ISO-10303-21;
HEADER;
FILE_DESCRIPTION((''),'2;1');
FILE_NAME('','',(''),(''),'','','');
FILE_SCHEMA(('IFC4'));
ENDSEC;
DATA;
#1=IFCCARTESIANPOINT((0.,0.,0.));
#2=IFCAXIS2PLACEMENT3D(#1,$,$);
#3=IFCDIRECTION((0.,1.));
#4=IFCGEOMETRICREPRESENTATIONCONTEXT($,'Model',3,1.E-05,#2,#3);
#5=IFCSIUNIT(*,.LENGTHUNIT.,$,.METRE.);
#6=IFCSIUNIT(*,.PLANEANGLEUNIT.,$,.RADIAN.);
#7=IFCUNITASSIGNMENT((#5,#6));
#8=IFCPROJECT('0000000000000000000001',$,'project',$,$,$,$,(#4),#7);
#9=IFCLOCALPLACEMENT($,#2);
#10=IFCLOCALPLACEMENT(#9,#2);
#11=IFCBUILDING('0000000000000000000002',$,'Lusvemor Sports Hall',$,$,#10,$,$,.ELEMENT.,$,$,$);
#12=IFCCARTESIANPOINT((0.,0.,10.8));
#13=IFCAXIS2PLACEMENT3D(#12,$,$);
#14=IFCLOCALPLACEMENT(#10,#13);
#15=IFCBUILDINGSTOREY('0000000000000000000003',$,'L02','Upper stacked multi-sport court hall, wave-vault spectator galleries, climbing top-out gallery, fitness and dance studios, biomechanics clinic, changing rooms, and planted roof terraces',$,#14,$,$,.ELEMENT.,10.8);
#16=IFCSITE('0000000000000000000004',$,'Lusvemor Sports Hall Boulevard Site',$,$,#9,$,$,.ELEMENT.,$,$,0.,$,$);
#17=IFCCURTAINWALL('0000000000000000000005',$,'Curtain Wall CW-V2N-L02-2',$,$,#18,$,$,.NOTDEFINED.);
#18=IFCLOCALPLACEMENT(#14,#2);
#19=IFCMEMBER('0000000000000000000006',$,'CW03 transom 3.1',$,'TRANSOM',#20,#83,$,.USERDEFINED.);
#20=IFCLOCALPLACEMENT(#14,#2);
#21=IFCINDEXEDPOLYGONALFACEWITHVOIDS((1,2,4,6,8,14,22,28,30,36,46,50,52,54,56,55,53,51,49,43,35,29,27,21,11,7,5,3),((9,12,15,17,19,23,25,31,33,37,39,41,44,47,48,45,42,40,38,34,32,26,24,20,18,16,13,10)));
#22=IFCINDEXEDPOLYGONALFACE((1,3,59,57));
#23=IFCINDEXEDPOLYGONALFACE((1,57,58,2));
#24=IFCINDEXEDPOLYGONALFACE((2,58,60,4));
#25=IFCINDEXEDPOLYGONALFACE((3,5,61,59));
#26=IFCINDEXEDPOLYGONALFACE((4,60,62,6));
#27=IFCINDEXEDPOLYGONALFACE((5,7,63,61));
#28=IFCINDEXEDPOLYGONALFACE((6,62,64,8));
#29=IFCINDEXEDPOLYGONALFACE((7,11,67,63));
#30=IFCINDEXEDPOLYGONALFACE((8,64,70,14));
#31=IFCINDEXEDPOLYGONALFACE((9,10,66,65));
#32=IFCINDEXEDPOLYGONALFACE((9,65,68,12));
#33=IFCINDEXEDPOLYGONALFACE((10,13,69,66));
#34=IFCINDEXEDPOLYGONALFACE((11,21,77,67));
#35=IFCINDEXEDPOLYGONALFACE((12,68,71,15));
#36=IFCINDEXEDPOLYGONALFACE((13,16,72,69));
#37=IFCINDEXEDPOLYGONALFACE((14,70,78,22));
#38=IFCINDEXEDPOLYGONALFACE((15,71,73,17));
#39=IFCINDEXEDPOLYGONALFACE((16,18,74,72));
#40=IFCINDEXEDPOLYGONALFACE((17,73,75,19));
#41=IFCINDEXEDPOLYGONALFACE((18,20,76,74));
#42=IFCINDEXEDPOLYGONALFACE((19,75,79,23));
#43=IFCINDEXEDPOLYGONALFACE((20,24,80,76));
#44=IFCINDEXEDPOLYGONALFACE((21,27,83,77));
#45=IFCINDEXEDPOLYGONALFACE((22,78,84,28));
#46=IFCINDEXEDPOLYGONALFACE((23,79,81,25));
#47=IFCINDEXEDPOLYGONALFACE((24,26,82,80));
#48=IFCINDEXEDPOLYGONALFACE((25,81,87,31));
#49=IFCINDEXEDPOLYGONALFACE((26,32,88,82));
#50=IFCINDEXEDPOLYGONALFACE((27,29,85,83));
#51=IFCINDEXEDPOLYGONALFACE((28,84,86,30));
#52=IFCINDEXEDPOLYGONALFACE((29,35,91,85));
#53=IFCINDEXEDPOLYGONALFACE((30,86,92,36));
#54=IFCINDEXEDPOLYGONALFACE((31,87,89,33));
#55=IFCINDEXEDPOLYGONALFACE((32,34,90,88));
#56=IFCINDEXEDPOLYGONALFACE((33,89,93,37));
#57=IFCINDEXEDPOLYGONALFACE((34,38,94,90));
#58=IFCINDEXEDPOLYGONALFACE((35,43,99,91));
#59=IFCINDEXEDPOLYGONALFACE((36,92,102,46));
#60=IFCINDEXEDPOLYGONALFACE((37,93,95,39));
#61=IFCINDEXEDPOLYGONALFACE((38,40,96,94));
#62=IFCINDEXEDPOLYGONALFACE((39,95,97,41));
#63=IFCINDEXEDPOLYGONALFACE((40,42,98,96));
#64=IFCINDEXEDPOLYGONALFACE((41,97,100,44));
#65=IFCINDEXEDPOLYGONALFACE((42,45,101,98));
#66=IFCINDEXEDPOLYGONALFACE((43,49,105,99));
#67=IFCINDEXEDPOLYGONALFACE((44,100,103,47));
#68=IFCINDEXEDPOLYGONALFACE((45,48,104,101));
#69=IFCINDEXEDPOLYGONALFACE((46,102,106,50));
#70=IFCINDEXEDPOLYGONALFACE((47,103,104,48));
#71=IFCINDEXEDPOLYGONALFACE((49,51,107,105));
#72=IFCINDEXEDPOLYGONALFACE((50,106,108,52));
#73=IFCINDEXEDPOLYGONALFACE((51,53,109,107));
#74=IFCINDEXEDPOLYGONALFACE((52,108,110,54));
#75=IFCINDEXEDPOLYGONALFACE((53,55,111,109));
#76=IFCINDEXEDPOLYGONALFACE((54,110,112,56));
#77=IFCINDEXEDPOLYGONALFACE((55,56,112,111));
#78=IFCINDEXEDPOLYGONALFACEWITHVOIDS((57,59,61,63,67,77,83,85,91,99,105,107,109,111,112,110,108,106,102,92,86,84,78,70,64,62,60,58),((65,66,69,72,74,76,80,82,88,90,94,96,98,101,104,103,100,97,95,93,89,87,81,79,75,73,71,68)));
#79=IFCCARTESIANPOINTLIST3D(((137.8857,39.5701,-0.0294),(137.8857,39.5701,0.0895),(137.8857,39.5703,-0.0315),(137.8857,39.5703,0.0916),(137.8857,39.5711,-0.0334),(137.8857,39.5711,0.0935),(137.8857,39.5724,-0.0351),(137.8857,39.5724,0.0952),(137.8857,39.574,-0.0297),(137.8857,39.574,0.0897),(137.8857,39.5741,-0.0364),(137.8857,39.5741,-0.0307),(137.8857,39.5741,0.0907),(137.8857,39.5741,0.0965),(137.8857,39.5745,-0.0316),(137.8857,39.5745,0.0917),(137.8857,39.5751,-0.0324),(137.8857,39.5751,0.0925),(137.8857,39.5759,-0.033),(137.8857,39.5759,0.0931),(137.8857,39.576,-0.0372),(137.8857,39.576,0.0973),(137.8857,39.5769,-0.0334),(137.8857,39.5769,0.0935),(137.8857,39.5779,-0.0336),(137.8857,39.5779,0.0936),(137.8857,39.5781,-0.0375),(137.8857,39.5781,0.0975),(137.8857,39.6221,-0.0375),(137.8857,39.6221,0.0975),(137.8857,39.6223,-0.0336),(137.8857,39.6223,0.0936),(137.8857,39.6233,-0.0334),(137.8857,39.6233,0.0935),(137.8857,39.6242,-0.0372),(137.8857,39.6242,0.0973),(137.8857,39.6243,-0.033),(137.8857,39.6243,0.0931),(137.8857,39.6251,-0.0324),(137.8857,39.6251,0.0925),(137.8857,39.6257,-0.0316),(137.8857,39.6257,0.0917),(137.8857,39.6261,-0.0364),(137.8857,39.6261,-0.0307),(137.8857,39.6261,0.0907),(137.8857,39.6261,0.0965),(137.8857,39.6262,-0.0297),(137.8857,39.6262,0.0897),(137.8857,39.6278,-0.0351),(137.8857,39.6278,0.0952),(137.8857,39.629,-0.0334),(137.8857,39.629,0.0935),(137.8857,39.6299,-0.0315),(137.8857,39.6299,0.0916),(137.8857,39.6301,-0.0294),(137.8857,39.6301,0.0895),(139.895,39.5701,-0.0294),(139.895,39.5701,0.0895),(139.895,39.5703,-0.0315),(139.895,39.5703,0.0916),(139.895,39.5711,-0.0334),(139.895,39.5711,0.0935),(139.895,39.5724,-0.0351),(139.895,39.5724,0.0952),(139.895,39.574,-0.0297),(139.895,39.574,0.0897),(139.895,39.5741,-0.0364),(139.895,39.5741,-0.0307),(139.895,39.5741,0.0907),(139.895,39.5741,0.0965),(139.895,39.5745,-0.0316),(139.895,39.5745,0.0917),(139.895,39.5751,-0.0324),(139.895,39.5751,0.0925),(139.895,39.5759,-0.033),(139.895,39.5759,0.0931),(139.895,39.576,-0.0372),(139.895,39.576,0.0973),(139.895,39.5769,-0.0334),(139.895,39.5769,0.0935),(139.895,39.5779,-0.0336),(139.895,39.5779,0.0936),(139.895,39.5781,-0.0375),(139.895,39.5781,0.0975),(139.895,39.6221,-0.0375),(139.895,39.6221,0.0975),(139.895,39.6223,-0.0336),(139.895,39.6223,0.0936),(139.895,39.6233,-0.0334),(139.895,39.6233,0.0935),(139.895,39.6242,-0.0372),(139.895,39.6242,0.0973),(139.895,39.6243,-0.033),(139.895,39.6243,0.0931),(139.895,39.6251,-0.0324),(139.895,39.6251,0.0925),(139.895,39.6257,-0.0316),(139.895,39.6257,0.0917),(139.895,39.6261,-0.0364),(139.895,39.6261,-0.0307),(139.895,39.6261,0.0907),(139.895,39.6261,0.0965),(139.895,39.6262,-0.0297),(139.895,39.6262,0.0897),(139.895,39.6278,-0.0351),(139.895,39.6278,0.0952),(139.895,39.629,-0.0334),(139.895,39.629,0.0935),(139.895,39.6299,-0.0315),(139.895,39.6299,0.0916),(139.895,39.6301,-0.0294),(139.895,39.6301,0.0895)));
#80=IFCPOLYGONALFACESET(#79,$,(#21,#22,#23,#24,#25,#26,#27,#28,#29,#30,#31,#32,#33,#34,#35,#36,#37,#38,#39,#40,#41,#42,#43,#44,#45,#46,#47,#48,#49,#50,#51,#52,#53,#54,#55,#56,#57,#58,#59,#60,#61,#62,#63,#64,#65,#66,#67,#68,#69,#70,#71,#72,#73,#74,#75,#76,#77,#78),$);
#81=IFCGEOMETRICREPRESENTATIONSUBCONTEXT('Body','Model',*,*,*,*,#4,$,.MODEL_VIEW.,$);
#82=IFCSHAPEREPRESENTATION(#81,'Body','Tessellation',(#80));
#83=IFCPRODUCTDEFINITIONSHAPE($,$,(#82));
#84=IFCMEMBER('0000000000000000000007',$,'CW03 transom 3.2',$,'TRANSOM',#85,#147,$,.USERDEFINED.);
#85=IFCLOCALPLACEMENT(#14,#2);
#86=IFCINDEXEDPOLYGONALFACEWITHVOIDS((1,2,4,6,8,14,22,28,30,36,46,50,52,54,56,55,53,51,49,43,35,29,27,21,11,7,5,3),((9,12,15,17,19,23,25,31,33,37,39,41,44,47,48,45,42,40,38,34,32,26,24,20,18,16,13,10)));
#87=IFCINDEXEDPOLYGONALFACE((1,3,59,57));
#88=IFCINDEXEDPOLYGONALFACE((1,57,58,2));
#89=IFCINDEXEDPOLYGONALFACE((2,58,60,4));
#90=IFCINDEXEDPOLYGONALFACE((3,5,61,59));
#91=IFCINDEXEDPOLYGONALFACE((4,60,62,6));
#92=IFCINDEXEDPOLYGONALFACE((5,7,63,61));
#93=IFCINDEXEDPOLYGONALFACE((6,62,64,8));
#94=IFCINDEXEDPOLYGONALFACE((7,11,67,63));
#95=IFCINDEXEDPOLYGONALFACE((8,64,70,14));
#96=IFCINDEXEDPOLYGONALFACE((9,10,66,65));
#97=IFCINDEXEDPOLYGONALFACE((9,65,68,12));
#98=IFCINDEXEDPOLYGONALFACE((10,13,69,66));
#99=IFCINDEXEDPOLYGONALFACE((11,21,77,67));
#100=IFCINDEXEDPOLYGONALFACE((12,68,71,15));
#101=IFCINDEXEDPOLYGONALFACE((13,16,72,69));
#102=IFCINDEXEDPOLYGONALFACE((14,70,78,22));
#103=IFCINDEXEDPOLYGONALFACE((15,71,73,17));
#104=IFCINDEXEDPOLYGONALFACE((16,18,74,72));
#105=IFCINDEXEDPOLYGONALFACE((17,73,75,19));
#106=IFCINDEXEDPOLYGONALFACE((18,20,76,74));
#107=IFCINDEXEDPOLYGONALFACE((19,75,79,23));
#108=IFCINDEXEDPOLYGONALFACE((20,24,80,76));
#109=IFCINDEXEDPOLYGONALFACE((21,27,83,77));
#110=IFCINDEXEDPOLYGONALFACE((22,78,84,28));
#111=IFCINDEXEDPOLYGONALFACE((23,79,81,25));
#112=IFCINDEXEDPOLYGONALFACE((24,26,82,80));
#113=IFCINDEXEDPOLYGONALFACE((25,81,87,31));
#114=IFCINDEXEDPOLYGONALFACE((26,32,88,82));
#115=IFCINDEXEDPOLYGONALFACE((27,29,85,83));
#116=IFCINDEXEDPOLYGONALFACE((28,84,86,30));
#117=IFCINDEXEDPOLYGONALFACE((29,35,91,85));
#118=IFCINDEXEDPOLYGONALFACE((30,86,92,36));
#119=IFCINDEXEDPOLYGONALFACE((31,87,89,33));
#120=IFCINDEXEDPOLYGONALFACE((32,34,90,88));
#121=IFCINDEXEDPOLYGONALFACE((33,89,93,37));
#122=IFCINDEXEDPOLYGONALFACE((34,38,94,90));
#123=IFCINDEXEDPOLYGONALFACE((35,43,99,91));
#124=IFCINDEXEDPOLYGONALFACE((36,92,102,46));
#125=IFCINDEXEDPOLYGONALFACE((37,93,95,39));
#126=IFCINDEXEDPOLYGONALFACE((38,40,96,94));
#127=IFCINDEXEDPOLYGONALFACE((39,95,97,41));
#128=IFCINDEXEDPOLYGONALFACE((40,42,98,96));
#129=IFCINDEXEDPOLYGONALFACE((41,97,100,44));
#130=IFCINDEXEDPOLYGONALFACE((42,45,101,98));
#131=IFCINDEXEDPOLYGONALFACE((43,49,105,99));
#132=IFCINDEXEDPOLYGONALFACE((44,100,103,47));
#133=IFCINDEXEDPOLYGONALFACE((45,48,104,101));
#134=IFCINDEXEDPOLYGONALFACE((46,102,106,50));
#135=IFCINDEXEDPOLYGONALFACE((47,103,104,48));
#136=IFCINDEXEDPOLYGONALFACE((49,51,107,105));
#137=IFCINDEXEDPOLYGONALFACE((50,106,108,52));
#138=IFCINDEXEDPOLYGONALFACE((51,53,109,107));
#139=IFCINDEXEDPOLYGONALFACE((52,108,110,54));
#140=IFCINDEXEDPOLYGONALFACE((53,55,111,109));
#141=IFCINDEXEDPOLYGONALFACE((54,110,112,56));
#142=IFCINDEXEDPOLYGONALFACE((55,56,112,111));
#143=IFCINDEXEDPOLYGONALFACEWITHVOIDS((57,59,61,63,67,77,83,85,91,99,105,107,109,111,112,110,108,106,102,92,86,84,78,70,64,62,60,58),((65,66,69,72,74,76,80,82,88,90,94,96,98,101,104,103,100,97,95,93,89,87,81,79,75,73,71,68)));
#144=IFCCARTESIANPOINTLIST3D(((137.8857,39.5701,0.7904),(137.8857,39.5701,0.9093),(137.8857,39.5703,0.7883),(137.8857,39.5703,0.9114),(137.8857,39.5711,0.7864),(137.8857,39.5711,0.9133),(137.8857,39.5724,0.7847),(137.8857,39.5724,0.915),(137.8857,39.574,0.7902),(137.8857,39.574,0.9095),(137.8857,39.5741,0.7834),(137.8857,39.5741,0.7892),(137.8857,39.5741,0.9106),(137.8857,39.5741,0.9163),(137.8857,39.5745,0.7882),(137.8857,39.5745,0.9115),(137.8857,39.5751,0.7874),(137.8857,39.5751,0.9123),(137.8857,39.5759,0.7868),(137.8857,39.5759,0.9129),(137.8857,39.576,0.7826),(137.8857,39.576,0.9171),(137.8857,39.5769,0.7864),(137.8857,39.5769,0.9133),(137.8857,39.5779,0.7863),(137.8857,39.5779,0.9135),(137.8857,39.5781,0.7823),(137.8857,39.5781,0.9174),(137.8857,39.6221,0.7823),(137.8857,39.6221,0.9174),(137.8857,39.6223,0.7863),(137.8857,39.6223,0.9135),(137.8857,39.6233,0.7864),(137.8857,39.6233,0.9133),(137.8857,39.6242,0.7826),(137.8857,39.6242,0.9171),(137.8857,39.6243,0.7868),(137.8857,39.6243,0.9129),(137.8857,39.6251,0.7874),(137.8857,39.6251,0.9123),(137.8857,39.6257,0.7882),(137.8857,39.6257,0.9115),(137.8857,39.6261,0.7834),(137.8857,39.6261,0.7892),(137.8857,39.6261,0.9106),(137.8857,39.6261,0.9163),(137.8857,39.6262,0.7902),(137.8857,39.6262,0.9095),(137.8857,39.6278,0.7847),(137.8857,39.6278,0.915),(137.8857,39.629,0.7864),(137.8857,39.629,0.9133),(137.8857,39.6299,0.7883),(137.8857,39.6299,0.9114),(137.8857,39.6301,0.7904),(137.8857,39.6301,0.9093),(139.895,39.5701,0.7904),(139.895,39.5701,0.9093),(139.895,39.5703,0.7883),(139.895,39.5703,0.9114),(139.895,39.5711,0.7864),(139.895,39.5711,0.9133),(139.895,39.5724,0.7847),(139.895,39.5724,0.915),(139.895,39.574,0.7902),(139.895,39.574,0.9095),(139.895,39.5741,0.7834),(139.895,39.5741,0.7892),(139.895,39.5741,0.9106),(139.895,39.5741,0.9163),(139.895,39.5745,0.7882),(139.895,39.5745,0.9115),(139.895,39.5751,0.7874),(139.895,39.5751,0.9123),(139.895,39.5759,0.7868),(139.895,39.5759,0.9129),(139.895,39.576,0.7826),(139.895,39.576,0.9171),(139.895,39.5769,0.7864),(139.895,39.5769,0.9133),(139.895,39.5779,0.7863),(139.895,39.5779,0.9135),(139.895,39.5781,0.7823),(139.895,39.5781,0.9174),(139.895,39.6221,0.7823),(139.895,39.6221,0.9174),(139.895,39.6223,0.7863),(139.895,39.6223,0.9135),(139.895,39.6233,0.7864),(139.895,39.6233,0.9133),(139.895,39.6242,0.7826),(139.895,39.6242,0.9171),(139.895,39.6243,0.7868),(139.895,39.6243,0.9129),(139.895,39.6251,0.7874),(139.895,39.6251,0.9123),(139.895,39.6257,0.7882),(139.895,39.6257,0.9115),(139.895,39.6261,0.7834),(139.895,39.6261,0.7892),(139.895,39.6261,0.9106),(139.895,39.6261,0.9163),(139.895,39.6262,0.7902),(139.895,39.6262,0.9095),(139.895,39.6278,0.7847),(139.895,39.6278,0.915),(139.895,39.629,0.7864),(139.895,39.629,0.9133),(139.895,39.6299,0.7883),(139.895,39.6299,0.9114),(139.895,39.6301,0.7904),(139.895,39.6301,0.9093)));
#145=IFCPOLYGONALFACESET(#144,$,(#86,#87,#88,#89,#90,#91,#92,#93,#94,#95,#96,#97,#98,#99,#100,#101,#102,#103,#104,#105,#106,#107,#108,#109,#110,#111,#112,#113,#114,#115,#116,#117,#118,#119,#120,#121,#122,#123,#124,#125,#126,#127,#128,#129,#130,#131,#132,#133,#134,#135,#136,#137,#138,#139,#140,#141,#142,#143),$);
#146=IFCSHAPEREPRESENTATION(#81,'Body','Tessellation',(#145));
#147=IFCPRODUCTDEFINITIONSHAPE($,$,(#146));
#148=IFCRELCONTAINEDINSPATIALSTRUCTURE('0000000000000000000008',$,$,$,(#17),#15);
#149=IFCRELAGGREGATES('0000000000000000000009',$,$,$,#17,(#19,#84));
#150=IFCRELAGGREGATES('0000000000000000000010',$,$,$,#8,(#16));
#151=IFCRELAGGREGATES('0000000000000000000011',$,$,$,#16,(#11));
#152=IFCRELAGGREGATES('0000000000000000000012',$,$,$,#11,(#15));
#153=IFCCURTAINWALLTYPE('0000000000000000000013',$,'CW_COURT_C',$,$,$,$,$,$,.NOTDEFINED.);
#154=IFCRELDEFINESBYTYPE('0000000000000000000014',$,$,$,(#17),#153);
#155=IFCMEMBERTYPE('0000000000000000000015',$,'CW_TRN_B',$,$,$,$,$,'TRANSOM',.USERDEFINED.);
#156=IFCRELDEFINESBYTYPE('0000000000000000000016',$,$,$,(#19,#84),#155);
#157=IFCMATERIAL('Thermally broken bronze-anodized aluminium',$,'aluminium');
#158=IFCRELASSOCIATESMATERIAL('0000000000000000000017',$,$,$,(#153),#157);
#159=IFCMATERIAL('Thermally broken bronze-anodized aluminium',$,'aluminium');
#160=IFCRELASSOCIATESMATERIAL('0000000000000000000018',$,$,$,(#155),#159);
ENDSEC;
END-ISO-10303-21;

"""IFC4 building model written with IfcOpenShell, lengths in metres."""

from ifc_helpers import new_model, si_unit, direction, frame, origin, origin_2d, place, context, subcontext, project, spatial, hollow_rectangle, extrude, material, material_profile, profile_set, type_object, element, aggregate, save


model = new_model("IFC4")

# Units and contexts
model_context = context("Model", 3, precision=1e-05, world=origin(), true_north=direction((0.0, 1.0)))
body_context = subcontext(model_context, "Body", "Model", "MODEL_VIEW")
ifc_project = project(units=[si_unit("LENGTHUNIT", "METRE"), si_unit("PLANEANGLEUNIT", "RADIAN")], contexts=[model_context])

# Site, building, storey
site_placement = place(None, origin())
site = spatial("IfcSite", under=ifc_project, at=site_placement, Name="Lusvemor Sports Hall Boulevard Site", CompositionType="ELEMENT", RefElevation=0.0)
building_placement = place(site_placement, origin())
building = spatial("IfcBuilding", under=site, at=building_placement, Name="Lusvemor Sports Hall", CompositionType="ELEMENT")
storey_placement = place(building_placement, frame((0.0, 0.0, 10.8)))
storey = spatial("IfcBuildingStorey", under=building, at=storey_placement, Name="L02", Description="Upper stacked multi-sport court hall, wave-vault spectator galleries, climbing top-out gallery, fitness and dance studios, biomechanics clinic, changing rooms, and planted roof terraces", CompositionType="ELEMENT", Elevation=10.8)

# Curtain wall, members
ifc_material_1 = material(Name="Thermally broken bronze-anodized aluminium", Category="aluminium")
curtain_wall_type = type_object("IfcCurtainWallType", Name="CW_COURT_C", PredefinedType="NOTDEFINED", material=ifc_material_1)
curtain_wall_placement = place(storey_placement, origin())
curtain_wall = element("IfcCurtainWall", 1, at=curtain_wall_placement, inside=storey, type_object=curtain_wall_type, Name="Curtain Wall CW-V2N-L02-2", PredefinedType="NOTDEFINED")
ifc_material_2 = material(Name="Thermally broken bronze-anodized aluminium", Category="aluminium")
ifc_material_profile_1 = material_profile(ifc_material_2, hollow_rectangle(XDim=0.0601, YDim=0.135, WallThickness=0.0039, InnerFilletRadius=0.0039, OuterFilletRadius=0.0081, at=origin_2d()), Name="CWTRN135x60x4")
ifc_profile_set_1 = profile_set([ifc_material_profile_1], Name="Thermally broken bronze-anodized aluminium")
member_type_1 = type_object("IfcMemberType", Name="CW_TRN_B", ElementType="TRANSOM", PredefinedType="USERDEFINED", material=ifc_profile_set_1)
member_1_placement = place(storey_placement, frame((137.8857, 39.6001, 0.03), z_axis=(1.0, 0.0, 0.0), x_axis=(0.0, 1.0, 0.0)))
member_1 = element("IfcMember", 2, at=member_1_placement, type_object=member_type_1, Name="CW03 transom 3.1", ObjectType="TRANSOM", PredefinedType="USERDEFINED", context=body_context, shape_type="SweptSolid", body=[
    extrude(hollow_rectangle(XDim=0.0601, YDim=0.135, WallThickness=0.0039, InnerFilletRadius=0.0039, OuterFilletRadius=0.0081, at=origin_2d()), origin(), (0.0, 0.0, 1.0), 2.0093),
])
member_2_placement = place(storey_placement, frame((137.8857, 39.6001, 0.8499), z_axis=(1.0, 0.0, 0.0), x_axis=(0.0, 1.0, 0.0)))
member_2 = element("IfcMember", 3, at=member_2_placement, type_object=member_type_1, Name="CW03 transom 3.2", ObjectType="TRANSOM", PredefinedType="USERDEFINED", context=body_context, shape_type="SweptSolid", body=[
    extrude(hollow_rectangle(XDim=0.0601, YDim=0.135, WallThickness=0.0039, InnerFilletRadius=0.0039, OuterFilletRadius=0.0081, at=origin_2d()), origin(), (0.0, 0.0, 1.0), 2.0093),
])

aggregate(curtain_wall, [member_1, member_2])

save(model, "model.ifc")
